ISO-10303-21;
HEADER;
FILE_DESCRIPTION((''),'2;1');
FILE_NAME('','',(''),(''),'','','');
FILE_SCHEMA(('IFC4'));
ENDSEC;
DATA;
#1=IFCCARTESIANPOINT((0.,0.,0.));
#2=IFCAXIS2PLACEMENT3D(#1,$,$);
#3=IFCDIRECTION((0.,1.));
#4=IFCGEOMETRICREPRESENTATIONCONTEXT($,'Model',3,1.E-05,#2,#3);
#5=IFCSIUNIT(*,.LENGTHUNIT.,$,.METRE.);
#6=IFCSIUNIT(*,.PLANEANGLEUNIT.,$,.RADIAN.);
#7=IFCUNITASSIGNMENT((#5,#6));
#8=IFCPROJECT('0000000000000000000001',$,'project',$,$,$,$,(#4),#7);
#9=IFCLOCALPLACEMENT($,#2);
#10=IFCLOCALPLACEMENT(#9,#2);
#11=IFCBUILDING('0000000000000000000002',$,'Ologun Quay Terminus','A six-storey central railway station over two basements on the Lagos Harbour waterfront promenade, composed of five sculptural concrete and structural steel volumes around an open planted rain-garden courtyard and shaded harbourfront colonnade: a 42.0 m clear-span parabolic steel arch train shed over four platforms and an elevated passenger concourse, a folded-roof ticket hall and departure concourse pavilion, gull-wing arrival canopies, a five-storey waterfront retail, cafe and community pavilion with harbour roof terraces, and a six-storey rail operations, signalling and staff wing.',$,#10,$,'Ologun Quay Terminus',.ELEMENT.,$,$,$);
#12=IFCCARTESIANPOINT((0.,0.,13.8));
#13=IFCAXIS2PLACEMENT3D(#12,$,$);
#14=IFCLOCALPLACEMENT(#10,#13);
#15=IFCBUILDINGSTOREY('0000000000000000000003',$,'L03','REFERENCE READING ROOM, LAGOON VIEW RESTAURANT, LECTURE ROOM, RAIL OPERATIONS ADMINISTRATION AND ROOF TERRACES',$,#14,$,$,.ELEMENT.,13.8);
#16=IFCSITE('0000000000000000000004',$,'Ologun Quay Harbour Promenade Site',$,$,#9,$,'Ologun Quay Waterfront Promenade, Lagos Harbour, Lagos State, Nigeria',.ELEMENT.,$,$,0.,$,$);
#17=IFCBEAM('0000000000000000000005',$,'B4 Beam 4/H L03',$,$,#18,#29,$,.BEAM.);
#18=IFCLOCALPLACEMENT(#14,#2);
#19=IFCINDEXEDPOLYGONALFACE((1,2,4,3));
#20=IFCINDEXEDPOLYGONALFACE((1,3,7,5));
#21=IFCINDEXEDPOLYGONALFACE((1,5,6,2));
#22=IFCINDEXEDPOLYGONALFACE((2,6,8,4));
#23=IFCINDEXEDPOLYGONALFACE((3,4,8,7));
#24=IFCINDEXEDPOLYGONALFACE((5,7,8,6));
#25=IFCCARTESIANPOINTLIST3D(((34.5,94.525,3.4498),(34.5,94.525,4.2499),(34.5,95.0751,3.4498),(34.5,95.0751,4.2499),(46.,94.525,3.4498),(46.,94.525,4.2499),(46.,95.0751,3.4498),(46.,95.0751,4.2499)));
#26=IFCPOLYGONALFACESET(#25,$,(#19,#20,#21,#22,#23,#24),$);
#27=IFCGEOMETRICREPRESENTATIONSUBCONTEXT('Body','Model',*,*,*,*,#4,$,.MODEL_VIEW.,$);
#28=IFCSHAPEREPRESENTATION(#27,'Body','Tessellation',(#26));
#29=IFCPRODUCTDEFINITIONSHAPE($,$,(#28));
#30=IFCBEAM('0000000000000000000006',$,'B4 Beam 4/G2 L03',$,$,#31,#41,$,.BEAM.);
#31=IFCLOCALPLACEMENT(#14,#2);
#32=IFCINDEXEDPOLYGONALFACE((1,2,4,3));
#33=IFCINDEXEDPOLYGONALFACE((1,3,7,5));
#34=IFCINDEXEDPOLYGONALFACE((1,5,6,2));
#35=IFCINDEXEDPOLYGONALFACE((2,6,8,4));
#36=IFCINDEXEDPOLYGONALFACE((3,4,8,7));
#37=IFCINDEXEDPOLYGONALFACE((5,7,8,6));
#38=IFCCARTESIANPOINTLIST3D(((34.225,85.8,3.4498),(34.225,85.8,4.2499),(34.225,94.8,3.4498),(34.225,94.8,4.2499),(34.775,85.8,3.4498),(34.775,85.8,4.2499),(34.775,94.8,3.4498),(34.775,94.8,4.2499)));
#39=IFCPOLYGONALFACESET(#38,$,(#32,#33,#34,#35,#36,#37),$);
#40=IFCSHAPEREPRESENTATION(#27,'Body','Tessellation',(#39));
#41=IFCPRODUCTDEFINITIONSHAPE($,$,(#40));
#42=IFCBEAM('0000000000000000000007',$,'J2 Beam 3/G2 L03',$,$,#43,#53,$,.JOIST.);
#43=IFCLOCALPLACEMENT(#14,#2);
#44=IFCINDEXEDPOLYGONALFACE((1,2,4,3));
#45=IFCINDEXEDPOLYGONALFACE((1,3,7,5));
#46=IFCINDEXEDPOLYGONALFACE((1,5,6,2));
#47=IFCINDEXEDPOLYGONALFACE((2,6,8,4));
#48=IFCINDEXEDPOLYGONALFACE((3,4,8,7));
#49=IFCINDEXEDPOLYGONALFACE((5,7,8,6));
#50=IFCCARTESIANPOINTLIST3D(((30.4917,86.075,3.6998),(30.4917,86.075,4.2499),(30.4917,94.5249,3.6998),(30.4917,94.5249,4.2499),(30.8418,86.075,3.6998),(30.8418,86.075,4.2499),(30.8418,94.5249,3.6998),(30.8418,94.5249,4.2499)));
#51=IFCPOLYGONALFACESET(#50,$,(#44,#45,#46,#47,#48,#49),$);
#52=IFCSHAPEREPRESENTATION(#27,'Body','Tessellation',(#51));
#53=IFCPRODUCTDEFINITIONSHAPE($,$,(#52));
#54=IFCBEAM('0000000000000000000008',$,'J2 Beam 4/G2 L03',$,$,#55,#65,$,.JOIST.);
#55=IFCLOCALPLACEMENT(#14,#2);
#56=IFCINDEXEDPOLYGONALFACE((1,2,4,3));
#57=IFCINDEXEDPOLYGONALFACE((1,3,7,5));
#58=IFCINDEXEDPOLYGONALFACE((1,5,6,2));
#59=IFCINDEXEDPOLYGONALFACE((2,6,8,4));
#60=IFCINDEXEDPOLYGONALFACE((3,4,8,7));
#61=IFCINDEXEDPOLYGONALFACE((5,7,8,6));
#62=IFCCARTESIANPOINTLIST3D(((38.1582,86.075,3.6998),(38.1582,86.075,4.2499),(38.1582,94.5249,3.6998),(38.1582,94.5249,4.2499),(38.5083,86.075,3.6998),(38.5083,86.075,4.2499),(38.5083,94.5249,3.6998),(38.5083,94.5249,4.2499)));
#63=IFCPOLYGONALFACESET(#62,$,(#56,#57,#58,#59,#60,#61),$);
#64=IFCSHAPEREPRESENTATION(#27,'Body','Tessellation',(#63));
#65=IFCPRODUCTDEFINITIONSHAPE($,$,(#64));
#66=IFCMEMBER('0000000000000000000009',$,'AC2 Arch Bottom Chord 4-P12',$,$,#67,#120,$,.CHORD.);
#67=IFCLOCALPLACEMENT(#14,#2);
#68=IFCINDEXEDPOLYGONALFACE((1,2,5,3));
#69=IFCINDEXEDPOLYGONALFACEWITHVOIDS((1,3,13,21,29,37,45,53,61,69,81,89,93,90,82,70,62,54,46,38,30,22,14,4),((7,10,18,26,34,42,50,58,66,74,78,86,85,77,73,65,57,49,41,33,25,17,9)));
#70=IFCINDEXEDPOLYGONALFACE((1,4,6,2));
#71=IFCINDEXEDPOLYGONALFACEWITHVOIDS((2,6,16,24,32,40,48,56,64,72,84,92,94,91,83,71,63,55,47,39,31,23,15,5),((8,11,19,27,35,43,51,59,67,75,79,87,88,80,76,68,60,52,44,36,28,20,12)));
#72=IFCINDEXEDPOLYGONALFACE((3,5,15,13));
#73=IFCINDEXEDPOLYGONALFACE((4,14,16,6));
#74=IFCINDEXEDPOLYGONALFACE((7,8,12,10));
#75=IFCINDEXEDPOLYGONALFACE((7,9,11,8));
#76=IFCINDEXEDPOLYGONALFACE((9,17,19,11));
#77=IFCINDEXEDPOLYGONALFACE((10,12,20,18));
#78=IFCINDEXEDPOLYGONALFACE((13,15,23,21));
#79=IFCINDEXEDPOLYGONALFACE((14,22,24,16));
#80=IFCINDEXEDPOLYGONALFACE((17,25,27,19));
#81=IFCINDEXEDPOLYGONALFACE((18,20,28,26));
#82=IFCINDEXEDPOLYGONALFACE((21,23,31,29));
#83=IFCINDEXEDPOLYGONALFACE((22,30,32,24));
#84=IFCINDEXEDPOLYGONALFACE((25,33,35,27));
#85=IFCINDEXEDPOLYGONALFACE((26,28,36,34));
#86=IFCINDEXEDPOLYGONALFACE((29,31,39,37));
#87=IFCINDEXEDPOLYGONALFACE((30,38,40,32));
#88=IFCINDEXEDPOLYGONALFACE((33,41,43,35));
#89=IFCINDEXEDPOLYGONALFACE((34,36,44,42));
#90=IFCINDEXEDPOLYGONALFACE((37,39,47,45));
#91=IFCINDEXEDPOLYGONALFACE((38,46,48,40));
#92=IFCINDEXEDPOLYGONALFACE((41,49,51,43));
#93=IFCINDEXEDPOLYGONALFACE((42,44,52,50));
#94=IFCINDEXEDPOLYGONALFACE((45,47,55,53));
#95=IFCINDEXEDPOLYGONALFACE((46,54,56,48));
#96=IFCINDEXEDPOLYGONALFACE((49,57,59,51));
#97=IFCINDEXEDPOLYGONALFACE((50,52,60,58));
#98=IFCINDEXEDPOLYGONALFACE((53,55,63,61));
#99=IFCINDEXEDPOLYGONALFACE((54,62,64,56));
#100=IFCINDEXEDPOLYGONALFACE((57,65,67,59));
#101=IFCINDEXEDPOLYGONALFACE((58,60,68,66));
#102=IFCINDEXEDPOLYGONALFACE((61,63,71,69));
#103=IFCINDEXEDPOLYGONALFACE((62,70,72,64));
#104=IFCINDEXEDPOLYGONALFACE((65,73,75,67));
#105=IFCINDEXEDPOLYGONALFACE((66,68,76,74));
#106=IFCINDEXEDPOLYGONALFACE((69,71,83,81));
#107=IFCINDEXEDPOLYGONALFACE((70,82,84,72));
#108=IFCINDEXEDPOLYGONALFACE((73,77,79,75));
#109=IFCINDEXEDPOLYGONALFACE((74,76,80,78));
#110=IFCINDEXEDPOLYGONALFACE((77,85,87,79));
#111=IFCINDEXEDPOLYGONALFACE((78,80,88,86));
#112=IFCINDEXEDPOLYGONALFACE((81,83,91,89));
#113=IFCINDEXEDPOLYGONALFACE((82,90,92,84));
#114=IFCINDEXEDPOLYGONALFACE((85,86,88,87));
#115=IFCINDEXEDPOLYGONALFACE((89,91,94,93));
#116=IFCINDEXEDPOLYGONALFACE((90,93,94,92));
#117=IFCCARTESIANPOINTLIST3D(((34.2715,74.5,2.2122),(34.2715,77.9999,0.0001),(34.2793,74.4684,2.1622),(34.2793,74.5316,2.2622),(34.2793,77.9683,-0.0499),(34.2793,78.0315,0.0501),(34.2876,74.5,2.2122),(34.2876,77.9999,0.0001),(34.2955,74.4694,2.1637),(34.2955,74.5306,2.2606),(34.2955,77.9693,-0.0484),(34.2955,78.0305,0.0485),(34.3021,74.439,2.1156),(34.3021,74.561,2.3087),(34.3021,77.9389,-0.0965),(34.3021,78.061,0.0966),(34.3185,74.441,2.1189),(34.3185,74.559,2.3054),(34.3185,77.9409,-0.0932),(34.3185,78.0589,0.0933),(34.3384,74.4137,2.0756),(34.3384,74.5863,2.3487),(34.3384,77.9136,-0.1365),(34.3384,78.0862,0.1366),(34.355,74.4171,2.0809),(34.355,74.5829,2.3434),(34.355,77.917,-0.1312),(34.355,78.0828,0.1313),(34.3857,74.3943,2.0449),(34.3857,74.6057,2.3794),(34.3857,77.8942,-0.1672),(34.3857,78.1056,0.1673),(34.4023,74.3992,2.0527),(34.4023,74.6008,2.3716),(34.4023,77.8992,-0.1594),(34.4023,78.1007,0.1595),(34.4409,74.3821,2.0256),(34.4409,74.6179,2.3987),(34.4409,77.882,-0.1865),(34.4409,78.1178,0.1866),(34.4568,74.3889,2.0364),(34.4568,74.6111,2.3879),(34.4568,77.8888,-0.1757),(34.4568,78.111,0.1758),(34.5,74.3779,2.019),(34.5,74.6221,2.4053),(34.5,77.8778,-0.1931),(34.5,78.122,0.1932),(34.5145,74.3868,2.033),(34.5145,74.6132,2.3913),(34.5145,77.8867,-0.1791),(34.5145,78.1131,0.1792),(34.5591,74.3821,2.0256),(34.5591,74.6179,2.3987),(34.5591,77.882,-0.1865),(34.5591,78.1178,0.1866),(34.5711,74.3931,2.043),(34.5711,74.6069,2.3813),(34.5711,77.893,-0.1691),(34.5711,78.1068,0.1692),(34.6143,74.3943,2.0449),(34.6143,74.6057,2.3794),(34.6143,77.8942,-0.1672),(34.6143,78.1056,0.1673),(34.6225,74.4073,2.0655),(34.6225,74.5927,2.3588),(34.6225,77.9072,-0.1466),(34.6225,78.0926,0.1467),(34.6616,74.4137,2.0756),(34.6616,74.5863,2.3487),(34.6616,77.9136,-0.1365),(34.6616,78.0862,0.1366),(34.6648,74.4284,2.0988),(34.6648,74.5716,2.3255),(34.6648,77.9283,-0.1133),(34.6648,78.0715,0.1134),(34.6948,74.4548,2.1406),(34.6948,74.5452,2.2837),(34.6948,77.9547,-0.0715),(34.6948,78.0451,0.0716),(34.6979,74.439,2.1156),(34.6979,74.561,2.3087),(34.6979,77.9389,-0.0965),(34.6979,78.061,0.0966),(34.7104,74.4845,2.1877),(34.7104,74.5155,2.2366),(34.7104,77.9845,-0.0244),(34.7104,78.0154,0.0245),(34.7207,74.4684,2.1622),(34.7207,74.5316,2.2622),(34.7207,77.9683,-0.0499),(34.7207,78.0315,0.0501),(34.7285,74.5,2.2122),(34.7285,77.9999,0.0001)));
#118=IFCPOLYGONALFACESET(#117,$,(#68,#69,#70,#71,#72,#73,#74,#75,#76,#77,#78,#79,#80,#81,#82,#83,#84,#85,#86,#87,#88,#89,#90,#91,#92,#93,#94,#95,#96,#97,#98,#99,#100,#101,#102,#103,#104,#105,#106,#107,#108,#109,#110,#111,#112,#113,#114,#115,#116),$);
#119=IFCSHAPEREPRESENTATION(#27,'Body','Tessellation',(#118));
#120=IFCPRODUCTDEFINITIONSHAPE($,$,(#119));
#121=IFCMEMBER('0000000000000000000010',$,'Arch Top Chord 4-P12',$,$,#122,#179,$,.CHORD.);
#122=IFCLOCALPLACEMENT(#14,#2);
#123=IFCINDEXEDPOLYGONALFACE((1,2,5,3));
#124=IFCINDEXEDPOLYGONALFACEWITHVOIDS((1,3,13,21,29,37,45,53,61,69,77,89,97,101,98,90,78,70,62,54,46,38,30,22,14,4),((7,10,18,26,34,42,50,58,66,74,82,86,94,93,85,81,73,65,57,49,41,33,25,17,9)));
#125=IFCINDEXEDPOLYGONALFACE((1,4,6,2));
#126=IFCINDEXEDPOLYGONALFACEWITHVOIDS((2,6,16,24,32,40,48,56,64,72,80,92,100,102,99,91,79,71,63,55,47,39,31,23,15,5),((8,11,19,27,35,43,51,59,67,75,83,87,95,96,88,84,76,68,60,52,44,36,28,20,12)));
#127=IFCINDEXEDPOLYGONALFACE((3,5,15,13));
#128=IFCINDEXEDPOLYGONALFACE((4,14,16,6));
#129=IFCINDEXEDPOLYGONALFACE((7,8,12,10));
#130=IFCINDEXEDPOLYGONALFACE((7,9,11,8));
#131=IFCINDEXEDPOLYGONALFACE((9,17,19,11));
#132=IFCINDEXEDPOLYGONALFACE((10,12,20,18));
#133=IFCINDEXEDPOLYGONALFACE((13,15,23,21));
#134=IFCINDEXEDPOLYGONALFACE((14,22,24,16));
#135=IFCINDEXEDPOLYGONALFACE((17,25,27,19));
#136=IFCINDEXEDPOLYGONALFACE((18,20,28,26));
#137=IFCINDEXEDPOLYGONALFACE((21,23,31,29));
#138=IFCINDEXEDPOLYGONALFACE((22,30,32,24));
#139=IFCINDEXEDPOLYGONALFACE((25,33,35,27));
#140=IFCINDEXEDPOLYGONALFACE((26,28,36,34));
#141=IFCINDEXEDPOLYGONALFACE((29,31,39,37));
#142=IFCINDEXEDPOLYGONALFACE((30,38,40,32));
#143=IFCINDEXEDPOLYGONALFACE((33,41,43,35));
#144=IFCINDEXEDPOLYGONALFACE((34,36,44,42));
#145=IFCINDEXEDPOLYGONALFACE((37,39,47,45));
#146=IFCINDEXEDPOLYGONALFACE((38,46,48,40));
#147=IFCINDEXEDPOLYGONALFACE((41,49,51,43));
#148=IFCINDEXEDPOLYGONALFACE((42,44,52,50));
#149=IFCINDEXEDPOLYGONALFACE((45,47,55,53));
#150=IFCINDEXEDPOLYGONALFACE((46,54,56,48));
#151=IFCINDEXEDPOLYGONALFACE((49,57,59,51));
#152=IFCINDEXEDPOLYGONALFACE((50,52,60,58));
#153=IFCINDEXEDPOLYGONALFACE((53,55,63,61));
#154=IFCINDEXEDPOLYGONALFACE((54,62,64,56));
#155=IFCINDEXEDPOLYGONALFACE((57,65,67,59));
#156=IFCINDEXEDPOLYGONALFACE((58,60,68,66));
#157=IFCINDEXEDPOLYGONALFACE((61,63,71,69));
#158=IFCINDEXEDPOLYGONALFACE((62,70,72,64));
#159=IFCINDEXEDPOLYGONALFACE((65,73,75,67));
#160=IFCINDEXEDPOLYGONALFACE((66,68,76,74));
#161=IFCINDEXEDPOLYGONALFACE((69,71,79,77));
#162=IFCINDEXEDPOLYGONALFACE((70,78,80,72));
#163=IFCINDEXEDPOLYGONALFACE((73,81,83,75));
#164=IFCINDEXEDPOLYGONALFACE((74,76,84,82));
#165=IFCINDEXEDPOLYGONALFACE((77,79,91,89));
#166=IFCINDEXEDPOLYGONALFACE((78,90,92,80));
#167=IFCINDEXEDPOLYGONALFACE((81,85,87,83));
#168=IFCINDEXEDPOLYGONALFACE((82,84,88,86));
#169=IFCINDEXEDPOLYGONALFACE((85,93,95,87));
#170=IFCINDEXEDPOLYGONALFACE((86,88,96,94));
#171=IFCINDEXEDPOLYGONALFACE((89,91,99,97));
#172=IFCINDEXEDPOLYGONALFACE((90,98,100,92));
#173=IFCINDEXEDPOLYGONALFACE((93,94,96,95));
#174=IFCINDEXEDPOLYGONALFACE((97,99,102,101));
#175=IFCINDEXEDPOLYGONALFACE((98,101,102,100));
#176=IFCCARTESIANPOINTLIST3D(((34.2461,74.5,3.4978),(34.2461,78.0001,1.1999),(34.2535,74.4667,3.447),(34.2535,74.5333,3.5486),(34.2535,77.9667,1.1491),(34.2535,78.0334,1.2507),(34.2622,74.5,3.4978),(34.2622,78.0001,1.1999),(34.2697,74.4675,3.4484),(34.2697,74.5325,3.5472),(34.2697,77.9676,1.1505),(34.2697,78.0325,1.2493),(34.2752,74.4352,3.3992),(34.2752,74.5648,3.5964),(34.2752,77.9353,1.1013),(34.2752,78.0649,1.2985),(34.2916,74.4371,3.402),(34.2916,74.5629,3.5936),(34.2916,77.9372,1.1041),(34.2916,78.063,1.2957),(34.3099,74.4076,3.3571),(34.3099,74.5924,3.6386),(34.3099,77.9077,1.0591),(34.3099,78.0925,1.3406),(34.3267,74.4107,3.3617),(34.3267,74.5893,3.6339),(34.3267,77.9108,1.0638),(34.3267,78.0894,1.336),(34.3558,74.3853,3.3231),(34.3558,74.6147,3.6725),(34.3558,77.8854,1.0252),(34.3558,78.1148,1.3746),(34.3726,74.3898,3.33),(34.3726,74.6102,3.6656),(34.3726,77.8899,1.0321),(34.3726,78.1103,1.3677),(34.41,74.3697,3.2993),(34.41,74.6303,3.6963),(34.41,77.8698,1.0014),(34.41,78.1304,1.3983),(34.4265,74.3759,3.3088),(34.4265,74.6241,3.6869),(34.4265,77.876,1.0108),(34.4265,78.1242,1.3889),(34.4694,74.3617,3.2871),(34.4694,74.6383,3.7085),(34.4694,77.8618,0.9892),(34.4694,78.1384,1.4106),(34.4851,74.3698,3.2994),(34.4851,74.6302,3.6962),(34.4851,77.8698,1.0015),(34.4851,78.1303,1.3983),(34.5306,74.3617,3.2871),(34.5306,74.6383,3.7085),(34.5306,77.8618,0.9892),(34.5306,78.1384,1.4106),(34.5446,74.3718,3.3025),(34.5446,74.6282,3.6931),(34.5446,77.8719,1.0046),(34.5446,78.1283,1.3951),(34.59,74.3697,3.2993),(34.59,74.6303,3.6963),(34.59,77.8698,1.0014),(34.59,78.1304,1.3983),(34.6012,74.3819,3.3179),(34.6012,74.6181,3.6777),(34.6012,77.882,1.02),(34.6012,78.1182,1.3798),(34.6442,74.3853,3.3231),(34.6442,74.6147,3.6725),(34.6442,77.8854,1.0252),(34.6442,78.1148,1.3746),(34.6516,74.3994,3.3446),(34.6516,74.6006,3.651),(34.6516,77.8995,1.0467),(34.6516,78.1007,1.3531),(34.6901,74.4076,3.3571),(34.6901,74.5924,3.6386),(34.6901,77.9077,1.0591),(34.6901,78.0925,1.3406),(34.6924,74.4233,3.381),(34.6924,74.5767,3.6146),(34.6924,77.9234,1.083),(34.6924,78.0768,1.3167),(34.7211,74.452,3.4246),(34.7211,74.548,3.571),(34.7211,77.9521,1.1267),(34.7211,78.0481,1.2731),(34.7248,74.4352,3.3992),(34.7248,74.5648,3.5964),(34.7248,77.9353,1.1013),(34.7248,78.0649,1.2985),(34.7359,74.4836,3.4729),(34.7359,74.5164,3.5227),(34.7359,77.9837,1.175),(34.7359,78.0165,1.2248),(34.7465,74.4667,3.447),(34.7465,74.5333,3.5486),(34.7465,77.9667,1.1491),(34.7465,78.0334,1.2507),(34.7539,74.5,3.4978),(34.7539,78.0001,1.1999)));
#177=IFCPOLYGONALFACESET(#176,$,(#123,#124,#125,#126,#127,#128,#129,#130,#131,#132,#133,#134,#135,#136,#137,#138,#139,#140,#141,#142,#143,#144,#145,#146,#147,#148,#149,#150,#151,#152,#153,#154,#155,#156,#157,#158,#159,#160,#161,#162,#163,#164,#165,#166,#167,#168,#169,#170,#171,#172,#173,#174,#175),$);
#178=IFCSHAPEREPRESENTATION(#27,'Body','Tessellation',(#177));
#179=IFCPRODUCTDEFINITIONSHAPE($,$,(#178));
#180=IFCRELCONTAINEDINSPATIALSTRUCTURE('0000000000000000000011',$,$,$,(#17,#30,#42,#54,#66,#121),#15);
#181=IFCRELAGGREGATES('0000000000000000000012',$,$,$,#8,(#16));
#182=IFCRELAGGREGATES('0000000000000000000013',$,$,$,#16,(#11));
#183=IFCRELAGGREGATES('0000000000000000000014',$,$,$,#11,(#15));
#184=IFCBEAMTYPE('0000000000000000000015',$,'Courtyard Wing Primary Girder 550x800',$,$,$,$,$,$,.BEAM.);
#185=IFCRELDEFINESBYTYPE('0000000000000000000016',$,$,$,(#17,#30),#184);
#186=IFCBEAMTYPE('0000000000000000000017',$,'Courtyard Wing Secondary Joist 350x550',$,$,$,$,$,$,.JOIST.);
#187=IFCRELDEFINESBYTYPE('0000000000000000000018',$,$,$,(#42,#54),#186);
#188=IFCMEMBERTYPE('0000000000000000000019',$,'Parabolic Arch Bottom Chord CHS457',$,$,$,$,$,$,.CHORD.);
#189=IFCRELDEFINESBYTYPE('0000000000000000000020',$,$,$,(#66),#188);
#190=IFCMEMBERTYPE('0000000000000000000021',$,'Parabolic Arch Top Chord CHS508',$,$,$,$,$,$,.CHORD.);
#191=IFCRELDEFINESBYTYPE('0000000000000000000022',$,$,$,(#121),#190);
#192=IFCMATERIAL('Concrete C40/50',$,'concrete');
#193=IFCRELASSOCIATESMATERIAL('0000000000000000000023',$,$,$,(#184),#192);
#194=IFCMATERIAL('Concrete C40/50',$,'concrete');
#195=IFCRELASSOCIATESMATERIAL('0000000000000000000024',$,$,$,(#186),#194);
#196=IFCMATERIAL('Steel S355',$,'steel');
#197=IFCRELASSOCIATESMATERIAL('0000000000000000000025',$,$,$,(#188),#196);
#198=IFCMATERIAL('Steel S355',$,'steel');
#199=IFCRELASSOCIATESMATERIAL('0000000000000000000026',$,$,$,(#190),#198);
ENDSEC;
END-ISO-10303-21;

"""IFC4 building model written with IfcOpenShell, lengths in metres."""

from ifc_helpers import new_model, si_unit, direction, frame, origin, origin_2d, place, context, subcontext, project, spatial, rectangle, hollow_circle, extrude, material, material_profile, profile_set, type_object, element, save


model = new_model("IFC4")

# Units and contexts
model_context = context("Model", 3, precision=1e-05, world=origin(), true_north=direction((0.0, 1.0)))
body_context = subcontext(model_context, "Body", "Model", "MODEL_VIEW")
ifc_project = project(units=[si_unit("LENGTHUNIT", "METRE"), si_unit("PLANEANGLEUNIT", "RADIAN")], contexts=[model_context])

# Site, building, storey
site_placement = place(None, origin())
site = spatial("IfcSite", under=ifc_project, at=site_placement, Name="Ologun Quay Harbour Promenade Site", LongName="Ologun Quay Waterfront Promenade, Lagos Harbour, Lagos State, Nigeria", CompositionType="ELEMENT", RefElevation=0.0)
building_placement = place(site_placement, origin())
building = spatial("IfcBuilding", under=site, at=building_placement, Name="Ologun Quay Terminus", Description="A six-storey central railway station over two basements on the Lagos Harbour waterfront promenade, composed of five sculptural concrete and structural steel volumes around an open planted rain-garden courtyard and shaded harbourfront colonnade: a 42.0 m clear-span parabolic steel arch train shed over four platforms and an elevated passenger concourse, a folded-roof ticket hall and departure concourse pavilion, gull-wing arrival canopies, a five-storey waterfront retail, cafe and community pavilion with harbour roof terraces, and a six-storey rail operations, signalling and staff wing.", LongName="Ologun Quay Terminus", CompositionType="ELEMENT")
storey_placement = place(building_placement, frame((0.0, 0.0, 13.8)))
storey = spatial("IfcBuildingStorey", under=building, at=storey_placement, Name="L03", Description="REFERENCE READING ROOM, LAGOON VIEW RESTAURANT, LECTURE ROOM, RAIL OPERATIONS ADMINISTRATION AND ROOF TERRACES", CompositionType="ELEMENT", Elevation=13.8)

# Beams
ifc_material_1 = material(Name="Concrete C40/50", Category="concrete")
ifc_material_profile_1 = material_profile(ifc_material_1, rectangle(XDim=0.55, YDim=0.8, at=origin_2d()), Name="RC 550x800")
ifc_profile_set_1 = profile_set([ifc_material_profile_1], Name="Concrete C40/50")
beam_type_1 = type_object("IfcBeamType", Name="Courtyard Wing Primary Girder 550x800", PredefinedType="BEAM", material=ifc_profile_set_1)
for number, where, z_axis, x_axis, name in (
    (1, (34.5, 94.8, 3.8499), (1.0, 0.0, 0.0), (0.0, 1.0, 0.0), "B4 Beam 4/H L03"),
):
    element("IfcBeam", number, at=place(storey_placement, frame(where, z_axis=z_axis, x_axis=x_axis)), inside=storey, type_object=beam_type_1, Name=name, PredefinedType="BEAM", context=body_context, shape_type="SweptSolid", body=[
        extrude(rectangle(XDim=0.55, YDim=0.8, at=origin_2d()), origin(), (0.0, 0.0, 1.0), 11.5),
    ])
beam_placement = place(storey_placement, frame((34.5, 85.8, 3.8499), z_axis=(0.0, 1.0, 0.0), x_axis=(-1.0, 0.0, 0.0)))
element("IfcBeam", 2, at=beam_placement, inside=storey, type_object=beam_type_1, Name="B4 Beam 4/G2 L03", PredefinedType="BEAM", context=body_context, shape_type="SweptSolid", body=[
    extrude(rectangle(XDim=0.55, YDim=0.8, at=origin_2d()), origin(), (0.0, 0.0, 1.0), 9.0),
])
ifc_material_2 = material(Name="Concrete C40/50", Category="concrete")
ifc_material_profile_2 = material_profile(ifc_material_2, rectangle(XDim=0.3501, YDim=0.55, at=origin_2d()), Name="RC 350x550")
ifc_profile_set_2 = profile_set([ifc_material_profile_2], Name="Concrete C40/50")
beam_type_2 = type_object("IfcBeamType", Name="Courtyard Wing Secondary Joist 350x550", PredefinedType="JOIST", material=ifc_profile_set_2)
for number, where, z_axis, x_axis, name in (
    (3, (30.6667, 86.075, 3.9749), (0.0, 1.0, 0.0), (-1.0, 0.0, 0.0), "J2 Beam 3/G2 L03"),
    (4, (38.3333, 86.075, 3.9749), (0.0, 1.0, 0.0), (-1.0, 0.0, 0.0), "J2 Beam 4/G2 L03"),
):
    element("IfcBeam", number, at=place(storey_placement, frame(where, z_axis=z_axis, x_axis=x_axis)), inside=storey, type_object=beam_type_2, Name=name, PredefinedType="JOIST", context=body_context, shape_type="SweptSolid", body=[
        extrude(rectangle(XDim=0.3501, YDim=0.55, at=origin_2d()), origin(), (0.0, 0.0, 1.0), 8.45),
    ])

# Members
ifc_material_3 = material(Name="Steel S355", Category="steel")
ifc_material_profile_3 = material_profile(ifc_material_3, hollow_circle(Radius=0.2285, WallThickness=0.0161, at=origin_2d()), Name="CHS 457x16")
ifc_profile_set_3 = profile_set([ifc_material_profile_3], Name="Steel S355")
member_type_1 = type_object("IfcMemberType", Name="Parabolic Arch Bottom Chord CHS457", PredefinedType="CHORD", material=ifc_profile_set_3)
member_1_placement = place(storey_placement, frame((34.5, 74.5, 2.2122), z_axis=(0.0, 0.845311, -0.534275), x_axis=(-1.0, 0.0, 0.0)))
element("IfcMember", 5, at=member_1_placement, inside=storey, type_object=member_type_1, Name="AC2 Arch Bottom Chord 4-P12", PredefinedType="CHORD", context=body_context, shape_type="SweptSolid", body=[
    extrude(hollow_circle(Radius=0.2285, WallThickness=0.0161, at=origin_2d()), origin(), (0.0, 0.0, 1.0), 4.1404),
])
ifc_material_4 = material(Name="Steel S355", Category="steel")
ifc_material_profile_4 = material_profile(ifc_material_4, hollow_circle(Radius=0.2539, WallThickness=0.0161, at=origin_2d()), Name="CHS 508x16")
ifc_profile_set_4 = profile_set([ifc_material_profile_4], Name="Steel S355")
member_type_2 = type_object("IfcMemberType", Name="Parabolic Arch Top Chord CHS508", PredefinedType="CHORD", material=ifc_profile_set_4)
member_2_placement = place(storey_placement, frame((34.5, 74.5, 3.4978), z_axis=(0.0, 0.835941, -0.548819), x_axis=(-1.0, 0.0, 0.0)))
element("IfcMember", 6, at=member_2_placement, inside=storey, type_object=member_type_2, Name="Arch Top Chord 4-P12", PredefinedType="CHORD", context=body_context, shape_type="SweptSolid", body=[
    extrude(hollow_circle(Radius=0.2539, WallThickness=0.0161, at=origin_2d()), origin(), (0.0, 0.0, 1.0), 4.187),
])

save(model, "model.ifc")
